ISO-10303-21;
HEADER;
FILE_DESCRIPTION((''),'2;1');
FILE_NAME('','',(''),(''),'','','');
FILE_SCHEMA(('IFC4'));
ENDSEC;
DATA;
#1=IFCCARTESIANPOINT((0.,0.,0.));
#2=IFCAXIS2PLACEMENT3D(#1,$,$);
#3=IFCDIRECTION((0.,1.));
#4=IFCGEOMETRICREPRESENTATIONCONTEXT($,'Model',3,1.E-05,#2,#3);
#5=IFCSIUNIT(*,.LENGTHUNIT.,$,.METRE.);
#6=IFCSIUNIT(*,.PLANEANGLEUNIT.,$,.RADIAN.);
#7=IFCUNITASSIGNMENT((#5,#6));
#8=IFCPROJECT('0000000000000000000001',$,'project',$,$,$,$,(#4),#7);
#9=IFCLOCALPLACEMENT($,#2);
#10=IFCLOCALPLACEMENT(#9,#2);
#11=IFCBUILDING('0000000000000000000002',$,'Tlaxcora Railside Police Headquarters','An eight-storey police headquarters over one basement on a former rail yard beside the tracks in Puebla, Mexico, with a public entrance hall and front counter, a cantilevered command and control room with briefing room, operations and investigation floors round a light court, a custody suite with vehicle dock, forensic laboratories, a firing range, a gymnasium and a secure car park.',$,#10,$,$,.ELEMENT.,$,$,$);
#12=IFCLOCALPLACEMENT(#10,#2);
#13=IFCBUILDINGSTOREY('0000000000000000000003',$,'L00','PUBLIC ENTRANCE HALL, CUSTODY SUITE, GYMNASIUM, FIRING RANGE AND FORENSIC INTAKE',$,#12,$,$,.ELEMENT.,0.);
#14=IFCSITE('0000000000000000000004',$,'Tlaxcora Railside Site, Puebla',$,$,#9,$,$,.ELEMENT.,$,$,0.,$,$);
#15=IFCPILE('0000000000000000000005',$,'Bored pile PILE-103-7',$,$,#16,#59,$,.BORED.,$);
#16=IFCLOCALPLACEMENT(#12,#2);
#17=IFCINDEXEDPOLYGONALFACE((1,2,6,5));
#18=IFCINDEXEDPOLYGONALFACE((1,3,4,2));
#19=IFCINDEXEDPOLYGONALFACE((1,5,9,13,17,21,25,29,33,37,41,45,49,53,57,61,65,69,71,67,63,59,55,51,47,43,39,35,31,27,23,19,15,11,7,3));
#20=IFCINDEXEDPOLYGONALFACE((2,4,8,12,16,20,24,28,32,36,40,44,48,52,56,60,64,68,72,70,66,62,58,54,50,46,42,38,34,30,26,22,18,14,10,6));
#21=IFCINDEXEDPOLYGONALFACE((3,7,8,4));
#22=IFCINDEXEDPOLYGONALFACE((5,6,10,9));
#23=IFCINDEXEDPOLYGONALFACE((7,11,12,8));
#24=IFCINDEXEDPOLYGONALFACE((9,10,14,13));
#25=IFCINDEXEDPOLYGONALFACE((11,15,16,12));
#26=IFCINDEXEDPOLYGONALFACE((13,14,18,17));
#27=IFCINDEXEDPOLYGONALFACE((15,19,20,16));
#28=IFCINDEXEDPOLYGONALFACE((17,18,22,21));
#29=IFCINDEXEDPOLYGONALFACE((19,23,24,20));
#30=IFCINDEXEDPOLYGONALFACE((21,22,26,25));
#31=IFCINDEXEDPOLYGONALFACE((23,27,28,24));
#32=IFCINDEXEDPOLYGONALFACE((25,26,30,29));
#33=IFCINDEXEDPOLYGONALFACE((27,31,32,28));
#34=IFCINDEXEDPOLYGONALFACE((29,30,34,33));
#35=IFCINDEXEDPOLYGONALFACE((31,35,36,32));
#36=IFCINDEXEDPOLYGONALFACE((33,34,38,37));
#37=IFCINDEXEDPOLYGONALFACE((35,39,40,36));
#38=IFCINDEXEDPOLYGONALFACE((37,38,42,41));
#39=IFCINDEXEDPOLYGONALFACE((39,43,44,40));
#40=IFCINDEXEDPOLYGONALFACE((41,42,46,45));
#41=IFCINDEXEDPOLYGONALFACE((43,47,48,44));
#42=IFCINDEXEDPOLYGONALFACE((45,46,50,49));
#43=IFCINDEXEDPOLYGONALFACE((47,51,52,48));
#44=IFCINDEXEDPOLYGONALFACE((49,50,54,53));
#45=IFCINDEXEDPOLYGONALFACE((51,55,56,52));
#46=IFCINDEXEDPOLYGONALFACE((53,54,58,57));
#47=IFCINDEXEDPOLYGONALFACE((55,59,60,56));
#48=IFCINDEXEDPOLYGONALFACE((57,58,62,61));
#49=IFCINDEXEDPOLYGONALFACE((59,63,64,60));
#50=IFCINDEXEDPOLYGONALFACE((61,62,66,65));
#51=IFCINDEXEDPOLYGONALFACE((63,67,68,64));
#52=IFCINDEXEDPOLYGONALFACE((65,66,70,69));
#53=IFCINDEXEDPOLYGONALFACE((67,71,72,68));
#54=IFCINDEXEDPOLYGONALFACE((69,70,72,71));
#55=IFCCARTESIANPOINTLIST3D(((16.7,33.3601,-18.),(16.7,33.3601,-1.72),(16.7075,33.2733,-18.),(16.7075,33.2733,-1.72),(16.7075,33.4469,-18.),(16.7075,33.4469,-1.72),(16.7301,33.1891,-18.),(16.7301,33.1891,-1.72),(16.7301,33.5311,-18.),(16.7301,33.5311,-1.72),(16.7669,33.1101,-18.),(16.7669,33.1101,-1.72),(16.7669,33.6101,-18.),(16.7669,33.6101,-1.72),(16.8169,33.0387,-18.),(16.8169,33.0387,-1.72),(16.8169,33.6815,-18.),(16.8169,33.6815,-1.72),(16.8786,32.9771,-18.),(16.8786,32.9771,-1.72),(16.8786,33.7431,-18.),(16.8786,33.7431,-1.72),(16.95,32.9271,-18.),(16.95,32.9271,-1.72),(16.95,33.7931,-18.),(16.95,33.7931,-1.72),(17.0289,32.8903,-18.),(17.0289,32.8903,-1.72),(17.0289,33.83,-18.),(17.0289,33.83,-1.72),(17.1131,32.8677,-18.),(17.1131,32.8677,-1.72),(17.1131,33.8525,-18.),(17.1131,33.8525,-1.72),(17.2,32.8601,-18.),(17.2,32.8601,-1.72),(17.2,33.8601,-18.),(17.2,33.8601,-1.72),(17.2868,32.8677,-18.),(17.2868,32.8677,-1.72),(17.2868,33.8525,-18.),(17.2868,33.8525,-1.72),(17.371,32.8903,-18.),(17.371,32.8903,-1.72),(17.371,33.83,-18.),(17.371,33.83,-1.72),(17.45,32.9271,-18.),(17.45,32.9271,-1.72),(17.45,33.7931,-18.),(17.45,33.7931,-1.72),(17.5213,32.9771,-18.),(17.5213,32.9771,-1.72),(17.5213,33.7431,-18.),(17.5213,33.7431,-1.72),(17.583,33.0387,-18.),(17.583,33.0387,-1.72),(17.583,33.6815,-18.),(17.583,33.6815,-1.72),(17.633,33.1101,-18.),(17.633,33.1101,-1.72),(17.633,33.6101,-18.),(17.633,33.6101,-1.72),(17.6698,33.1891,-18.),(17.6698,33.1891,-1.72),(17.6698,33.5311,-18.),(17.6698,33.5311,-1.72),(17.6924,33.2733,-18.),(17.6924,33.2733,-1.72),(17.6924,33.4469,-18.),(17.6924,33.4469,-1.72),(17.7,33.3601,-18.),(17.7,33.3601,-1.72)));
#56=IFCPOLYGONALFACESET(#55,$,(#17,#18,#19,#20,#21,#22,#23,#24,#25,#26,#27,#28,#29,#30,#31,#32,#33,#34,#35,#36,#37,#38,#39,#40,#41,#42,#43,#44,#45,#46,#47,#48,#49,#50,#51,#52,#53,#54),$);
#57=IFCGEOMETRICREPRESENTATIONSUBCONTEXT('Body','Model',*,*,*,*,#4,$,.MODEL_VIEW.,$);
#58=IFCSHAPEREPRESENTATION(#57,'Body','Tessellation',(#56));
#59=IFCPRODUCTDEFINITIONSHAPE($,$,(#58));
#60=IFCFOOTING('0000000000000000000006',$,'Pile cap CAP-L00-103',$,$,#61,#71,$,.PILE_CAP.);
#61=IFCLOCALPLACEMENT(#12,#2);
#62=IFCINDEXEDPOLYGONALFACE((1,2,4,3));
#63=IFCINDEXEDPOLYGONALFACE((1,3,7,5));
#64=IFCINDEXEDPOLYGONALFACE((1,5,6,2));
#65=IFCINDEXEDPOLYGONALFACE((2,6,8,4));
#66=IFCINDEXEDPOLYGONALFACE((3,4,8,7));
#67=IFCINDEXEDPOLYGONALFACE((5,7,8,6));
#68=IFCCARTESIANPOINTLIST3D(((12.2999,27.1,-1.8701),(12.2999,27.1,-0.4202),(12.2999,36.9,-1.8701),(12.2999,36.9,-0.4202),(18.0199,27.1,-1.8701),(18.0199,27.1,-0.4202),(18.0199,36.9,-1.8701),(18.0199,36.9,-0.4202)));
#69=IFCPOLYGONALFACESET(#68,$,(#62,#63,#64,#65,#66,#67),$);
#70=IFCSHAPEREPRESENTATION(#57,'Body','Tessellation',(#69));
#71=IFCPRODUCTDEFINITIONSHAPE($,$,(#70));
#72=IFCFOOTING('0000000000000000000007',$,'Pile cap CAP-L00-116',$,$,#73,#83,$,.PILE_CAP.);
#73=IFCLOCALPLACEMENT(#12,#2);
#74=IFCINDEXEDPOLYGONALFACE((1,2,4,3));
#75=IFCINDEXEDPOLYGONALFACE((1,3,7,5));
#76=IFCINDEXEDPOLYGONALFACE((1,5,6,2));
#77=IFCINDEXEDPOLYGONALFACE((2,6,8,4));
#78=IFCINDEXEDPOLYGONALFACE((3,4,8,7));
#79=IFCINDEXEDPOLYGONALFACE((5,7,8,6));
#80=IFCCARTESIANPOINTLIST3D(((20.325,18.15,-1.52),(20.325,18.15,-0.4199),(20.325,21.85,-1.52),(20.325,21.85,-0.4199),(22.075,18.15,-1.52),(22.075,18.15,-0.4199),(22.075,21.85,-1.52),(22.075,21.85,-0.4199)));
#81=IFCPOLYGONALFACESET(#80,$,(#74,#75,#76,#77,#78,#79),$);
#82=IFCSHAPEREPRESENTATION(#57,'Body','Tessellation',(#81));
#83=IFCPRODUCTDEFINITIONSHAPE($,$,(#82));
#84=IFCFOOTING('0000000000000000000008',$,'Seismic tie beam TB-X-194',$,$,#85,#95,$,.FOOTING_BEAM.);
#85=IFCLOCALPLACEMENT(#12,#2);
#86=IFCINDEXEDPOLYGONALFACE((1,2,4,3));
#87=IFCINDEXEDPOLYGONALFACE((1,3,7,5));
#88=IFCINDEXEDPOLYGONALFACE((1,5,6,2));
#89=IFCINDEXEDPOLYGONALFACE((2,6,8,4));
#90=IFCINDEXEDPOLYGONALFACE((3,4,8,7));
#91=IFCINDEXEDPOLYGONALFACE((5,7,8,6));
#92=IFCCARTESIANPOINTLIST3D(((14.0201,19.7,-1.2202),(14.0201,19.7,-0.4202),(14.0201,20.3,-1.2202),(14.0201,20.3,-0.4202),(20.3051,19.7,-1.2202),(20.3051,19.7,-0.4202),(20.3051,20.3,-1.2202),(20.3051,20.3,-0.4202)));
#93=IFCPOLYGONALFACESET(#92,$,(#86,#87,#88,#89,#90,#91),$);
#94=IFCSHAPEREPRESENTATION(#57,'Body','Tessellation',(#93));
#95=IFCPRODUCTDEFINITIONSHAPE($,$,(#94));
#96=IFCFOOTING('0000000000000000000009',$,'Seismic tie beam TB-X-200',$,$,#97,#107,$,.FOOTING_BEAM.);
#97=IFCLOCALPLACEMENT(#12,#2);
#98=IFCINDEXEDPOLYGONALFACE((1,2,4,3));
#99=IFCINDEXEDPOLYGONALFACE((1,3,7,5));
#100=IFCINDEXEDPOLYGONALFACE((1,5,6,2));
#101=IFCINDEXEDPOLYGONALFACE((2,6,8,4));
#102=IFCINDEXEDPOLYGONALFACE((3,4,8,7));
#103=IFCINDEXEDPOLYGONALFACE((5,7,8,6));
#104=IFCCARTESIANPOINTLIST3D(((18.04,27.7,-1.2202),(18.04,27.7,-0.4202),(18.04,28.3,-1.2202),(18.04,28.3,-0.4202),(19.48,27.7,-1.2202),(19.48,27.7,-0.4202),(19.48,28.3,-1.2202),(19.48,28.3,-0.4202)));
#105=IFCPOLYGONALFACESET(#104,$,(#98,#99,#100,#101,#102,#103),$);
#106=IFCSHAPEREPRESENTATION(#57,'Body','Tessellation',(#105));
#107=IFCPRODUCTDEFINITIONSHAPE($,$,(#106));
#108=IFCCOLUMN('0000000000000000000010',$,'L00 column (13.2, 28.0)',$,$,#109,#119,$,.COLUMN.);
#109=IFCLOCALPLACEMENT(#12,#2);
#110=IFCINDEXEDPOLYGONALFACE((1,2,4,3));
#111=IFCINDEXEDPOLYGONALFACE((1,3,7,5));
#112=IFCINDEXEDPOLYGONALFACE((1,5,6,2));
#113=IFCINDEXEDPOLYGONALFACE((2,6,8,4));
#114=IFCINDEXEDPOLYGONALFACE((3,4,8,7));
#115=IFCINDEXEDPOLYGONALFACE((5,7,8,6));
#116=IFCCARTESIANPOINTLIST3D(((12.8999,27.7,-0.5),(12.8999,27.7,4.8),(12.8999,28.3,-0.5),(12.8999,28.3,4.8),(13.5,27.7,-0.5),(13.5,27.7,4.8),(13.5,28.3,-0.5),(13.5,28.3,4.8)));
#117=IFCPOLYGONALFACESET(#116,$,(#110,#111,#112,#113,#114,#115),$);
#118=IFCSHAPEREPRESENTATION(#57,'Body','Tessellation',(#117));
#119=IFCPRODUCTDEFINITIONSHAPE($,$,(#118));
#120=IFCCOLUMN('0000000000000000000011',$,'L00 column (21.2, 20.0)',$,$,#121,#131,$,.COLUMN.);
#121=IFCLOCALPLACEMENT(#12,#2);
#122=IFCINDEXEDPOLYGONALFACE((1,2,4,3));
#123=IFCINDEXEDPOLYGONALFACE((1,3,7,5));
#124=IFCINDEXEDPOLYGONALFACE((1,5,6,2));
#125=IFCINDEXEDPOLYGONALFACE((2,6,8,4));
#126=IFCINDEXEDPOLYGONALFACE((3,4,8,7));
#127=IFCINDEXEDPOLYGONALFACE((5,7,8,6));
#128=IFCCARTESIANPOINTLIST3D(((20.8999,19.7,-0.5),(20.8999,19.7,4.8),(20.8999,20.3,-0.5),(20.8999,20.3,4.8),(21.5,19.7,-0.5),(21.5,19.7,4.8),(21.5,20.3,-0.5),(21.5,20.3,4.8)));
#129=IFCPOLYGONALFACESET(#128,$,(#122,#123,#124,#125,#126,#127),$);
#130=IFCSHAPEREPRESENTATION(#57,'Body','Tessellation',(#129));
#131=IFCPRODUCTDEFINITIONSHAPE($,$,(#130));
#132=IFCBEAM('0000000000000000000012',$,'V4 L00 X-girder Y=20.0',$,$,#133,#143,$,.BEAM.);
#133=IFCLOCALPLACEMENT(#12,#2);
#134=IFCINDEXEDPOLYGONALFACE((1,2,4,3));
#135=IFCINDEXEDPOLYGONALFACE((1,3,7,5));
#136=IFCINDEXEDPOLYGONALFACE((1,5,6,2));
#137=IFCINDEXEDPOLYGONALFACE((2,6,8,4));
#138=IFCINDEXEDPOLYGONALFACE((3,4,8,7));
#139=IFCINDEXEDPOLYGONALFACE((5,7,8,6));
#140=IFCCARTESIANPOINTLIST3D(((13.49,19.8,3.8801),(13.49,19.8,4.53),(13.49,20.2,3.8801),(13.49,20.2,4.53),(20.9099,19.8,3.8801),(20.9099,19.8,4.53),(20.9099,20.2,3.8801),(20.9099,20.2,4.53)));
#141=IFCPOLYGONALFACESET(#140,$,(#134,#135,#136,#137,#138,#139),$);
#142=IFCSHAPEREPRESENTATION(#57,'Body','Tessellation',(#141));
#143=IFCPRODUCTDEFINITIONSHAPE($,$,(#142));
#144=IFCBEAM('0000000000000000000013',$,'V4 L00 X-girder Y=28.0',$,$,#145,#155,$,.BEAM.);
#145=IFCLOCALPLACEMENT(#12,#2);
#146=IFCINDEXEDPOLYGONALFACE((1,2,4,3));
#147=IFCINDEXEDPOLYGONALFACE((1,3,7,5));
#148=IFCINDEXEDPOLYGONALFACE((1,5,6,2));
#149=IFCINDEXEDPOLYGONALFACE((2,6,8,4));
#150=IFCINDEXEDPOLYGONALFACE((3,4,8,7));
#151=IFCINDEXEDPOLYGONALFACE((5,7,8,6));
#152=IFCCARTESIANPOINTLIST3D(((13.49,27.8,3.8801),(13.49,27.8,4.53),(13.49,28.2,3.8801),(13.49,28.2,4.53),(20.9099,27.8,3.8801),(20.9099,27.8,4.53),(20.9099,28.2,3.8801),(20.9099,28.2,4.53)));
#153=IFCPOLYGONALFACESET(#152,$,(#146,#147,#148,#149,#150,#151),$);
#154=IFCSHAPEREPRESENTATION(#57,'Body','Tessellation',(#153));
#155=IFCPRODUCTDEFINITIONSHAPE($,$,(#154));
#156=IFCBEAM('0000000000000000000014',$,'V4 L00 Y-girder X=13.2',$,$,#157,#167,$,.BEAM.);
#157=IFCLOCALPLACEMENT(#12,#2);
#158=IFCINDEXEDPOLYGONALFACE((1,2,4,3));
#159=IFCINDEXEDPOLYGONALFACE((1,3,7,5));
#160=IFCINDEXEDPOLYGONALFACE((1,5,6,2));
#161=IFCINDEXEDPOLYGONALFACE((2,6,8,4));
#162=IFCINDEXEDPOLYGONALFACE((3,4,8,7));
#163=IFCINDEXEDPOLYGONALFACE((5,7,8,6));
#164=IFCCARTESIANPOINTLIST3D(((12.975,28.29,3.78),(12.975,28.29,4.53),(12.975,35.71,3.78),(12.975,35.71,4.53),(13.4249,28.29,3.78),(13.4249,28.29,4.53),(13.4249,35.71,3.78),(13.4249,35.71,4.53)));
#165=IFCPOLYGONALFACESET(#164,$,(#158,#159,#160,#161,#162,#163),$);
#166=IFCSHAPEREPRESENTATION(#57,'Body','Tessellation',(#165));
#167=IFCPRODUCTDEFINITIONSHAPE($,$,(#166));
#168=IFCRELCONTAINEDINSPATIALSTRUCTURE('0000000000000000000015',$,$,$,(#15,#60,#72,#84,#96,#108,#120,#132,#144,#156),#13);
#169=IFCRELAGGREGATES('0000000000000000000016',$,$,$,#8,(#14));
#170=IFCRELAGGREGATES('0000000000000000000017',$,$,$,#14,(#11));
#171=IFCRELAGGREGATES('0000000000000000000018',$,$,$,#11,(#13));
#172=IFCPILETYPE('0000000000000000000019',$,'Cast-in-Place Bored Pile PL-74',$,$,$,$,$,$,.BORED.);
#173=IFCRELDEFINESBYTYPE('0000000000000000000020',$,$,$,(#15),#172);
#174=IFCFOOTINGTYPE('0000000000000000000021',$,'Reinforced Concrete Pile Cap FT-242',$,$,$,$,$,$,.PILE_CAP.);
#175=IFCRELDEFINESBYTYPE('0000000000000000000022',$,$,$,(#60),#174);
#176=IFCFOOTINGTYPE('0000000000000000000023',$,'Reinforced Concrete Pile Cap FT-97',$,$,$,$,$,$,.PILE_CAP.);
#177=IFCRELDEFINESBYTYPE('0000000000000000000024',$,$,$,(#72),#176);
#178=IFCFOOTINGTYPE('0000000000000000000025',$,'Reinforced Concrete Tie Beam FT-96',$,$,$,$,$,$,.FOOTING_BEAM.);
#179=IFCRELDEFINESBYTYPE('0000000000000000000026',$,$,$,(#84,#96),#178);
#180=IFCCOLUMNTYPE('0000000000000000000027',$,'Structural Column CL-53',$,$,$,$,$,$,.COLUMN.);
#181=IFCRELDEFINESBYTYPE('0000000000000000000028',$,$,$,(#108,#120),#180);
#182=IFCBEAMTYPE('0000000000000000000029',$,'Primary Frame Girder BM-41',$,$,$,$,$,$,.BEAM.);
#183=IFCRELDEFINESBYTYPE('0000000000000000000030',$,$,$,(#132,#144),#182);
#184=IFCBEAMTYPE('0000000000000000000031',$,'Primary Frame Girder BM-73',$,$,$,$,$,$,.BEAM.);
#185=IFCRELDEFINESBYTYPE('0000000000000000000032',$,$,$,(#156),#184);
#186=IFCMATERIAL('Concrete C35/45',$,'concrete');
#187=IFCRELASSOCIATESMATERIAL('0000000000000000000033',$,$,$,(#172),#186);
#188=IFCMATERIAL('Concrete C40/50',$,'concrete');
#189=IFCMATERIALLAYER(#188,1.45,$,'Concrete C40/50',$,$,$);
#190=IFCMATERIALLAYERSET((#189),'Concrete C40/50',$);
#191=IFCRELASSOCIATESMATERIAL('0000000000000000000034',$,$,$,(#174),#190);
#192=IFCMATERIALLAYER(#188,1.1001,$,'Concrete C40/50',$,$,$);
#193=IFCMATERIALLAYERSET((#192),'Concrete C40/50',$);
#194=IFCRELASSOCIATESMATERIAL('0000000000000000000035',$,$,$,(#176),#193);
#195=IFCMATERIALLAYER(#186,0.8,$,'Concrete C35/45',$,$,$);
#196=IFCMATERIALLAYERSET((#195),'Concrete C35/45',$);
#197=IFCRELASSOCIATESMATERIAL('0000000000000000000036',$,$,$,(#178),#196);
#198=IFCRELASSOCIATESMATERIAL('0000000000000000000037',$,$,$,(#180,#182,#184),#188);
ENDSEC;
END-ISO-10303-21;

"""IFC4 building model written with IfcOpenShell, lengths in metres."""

from ifc_helpers import new_model, si_unit, direction, frame, origin, origin_2d, place, context, subcontext, project, spatial, rectangle, circle, extrude, material, layer, layer_set, material_profile, profile_set, type_object, element, save


model = new_model("IFC4")

# Units and contexts
model_context = context("Model", 3, precision=1e-05, world=origin(), true_north=direction((0.0, 1.0)))
body_context = subcontext(model_context, "Body", "Model", "MODEL_VIEW")
ifc_project = project(units=[si_unit("LENGTHUNIT", "METRE"), si_unit("PLANEANGLEUNIT", "RADIAN")], contexts=[model_context])

# Site, building, storey
site_placement = place(None, origin())
site = spatial("IfcSite", under=ifc_project, at=site_placement, Name="Tlaxcora Railside Site, Puebla", CompositionType="ELEMENT", RefElevation=0.0)
building_placement = place(site_placement, origin())
building = spatial("IfcBuilding", under=site, at=building_placement, Name="Tlaxcora Railside Police Headquarters", Description="An eight-storey police headquarters over one basement on a former rail yard beside the tracks in Puebla, Mexico, with a public entrance hall and front counter, a cantilevered command and control room with briefing room, operations and investigation floors round a light court, a custody suite with vehicle dock, forensic laboratories, a firing range, a gymnasium and a secure car park.", CompositionType="ELEMENT")
storey_placement = place(building_placement, origin())
storey = spatial("IfcBuildingStorey", under=building, at=storey_placement, Name="L00", Description="PUBLIC ENTRANCE HALL, CUSTODY SUITE, GYMNASIUM, FIRING RANGE AND FORENSIC INTAKE", CompositionType="ELEMENT", Elevation=0.0)

# Pile
ifc_material_1 = material(Name="Concrete C35/45", Category="concrete")
ifc_material_profile_1 = material_profile(ifc_material_1, circle(Radius=0.5, at=origin_2d()), Name="PILE1000")
ifc_profile_set_1 = profile_set([ifc_material_profile_1], Name="Concrete C35/45")
pile_type_1 = type_object("IfcPileType", Name="Cast-in-Place Bored Pile PL-74", PredefinedType="BORED", material=ifc_profile_set_1)
for number, where, z_axis, x_axis, name in (
    (1, (17.2, 33.3601, -1.72), (0.0, 0.0, -1.0), (1.0, 0.0, 0.0), "Bored pile PILE-103-7"),
):
    element("IfcPile", number, at=place(storey_placement, frame(where, z_axis=z_axis, x_axis=x_axis)), inside=storey, type_object=pile_type_1, Name=name, PredefinedType="BORED", context=body_context, shape_type="SweptSolid", body=[
        extrude(circle(Radius=0.5, at=origin_2d()), origin(), (0.0, 0.0, 1.0), 16.28),
    ])

# Footings
ifc_material_2 = material(Name="Concrete C40/50", Category="concrete")
ifc_layer_1 = layer(ifc_material_2, 1.45, Name="Concrete C40/50")
ifc_layer_set_1 = layer_set([ifc_layer_1], Name="Concrete C40/50")
footing_type_1 = type_object("IfcFootingType", Name="Reinforced Concrete Pile Cap FT-242", PredefinedType="PILE_CAP", material=ifc_layer_set_1)
footing_1_placement = place(storey_placement, frame((15.1599, 32.0, -1.8701), z_axis=(0.0, 0.0, 1.0), x_axis=(1.0, 0.0, 0.0)))
element("IfcFooting", 2, at=footing_1_placement, inside=storey, type_object=footing_type_1, Name="Pile cap CAP-L00-103", PredefinedType="PILE_CAP", context=body_context, shape_type="SweptSolid", body=[
    extrude(rectangle(XDim=5.72, YDim=9.8, at=origin_2d()), origin(), (0.0, 0.0, 1.0), 1.45),
])
ifc_layer_2 = layer(ifc_material_2, 1.1001, Name="Concrete C40/50")
ifc_layer_set_2 = layer_set([ifc_layer_2], Name="Concrete C40/50")
footing_type_2 = type_object("IfcFootingType", Name="Reinforced Concrete Pile Cap FT-97", PredefinedType="PILE_CAP", material=ifc_layer_set_2)
footing_2_placement = place(storey_placement, frame((21.2, 20.0, -1.52), z_axis=(0.0, 0.0, 1.0), x_axis=(1.0, 0.0, 0.0)))
element("IfcFooting", 3, at=footing_2_placement, inside=storey, type_object=footing_type_2, Name="Pile cap CAP-L00-116", PredefinedType="PILE_CAP", context=body_context, shape_type="SweptSolid", body=[
    extrude(rectangle(XDim=1.75, YDim=3.7, at=origin_2d()), origin(), (0.0, 0.0, 1.0), 1.1001),
])
ifc_layer_3 = layer(ifc_material_1, 0.8, Name="Concrete C35/45")
ifc_layer_set_3 = layer_set([ifc_layer_3], Name="Concrete C35/45")
footing_type_3 = type_object("IfcFootingType", Name="Reinforced Concrete Tie Beam FT-96", PredefinedType="FOOTING_BEAM", material=ifc_layer_set_3)
footing_3_placement = place(storey_placement, frame((17.1626, 20.0, -1.2202), z_axis=(0.0, 0.0, 1.0), x_axis=(1.0, 0.0, 0.0)))
element("IfcFooting", 4, at=footing_3_placement, inside=storey, type_object=footing_type_3, Name="Seismic tie beam TB-X-194", PredefinedType="FOOTING_BEAM", context=body_context, shape_type="SweptSolid", body=[
    extrude(rectangle(XDim=6.2849, YDim=0.6001, at=origin_2d()), origin(), (0.0, 0.0, 1.0), 0.8),
])
footing_4_placement = place(storey_placement, frame((18.76, 28.0, -1.2202), z_axis=(0.0, 0.0, 1.0), x_axis=(1.0, 0.0, 0.0)))
element("IfcFooting", 5, at=footing_4_placement, inside=storey, type_object=footing_type_3, Name="Seismic tie beam TB-X-200", PredefinedType="FOOTING_BEAM", context=body_context, shape_type="SweptSolid", body=[
    extrude(rectangle(XDim=1.4399, YDim=0.6001, at=origin_2d()), origin(), (0.0, 0.0, 1.0), 0.8),
])

# Columns
ifc_material_profile_2 = material_profile(ifc_material_2, rectangle(XDim=0.6001, YDim=0.6001, at=origin_2d()), Name="RC600X600")
ifc_profile_set_2 = profile_set([ifc_material_profile_2], Name="Concrete C40/50")
column_type = type_object("IfcColumnType", Name="Structural Column CL-53", PredefinedType="COLUMN", material=ifc_profile_set_2)
for number, where, z_axis, x_axis, name in (
    (6, (13.2, 28.0, -0.5), (0.0, 0.0, 1.0), (1.0, 0.0, 0.0), "L00 column (13.2, 28.0)"),
    (7, (21.2, 20.0, -0.5), (0.0, 0.0, 1.0), (1.0, 0.0, 0.0), "L00 column (21.2, 20.0)"),
):
    element("IfcColumn", number, at=place(storey_placement, frame(where, z_axis=z_axis, x_axis=x_axis)), inside=storey, type_object=column_type, Name=name, PredefinedType="COLUMN", context=body_context, shape_type="SweptSolid", body=[
        extrude(rectangle(XDim=0.6001, YDim=0.6001, at=origin_2d()), origin(), (0.0, 0.0, 1.0), 5.3),
    ])

# Beams
ifc_material_profile_3 = material_profile(ifc_material_2, rectangle(XDim=0.3999, YDim=0.6499, at=origin_2d()), Name="RC400X650")
ifc_profile_set_3 = profile_set([ifc_material_profile_3], Name="Concrete C40/50")
beam_type_1 = type_object("IfcBeamType", Name="Primary Frame Girder BM-41", PredefinedType="BEAM", material=ifc_profile_set_3)
for number, where, z_axis, x_axis, name in (
    (8, (13.49, 20.0, 4.2051), (1.0, 0.0, 0.0), (0.0, 1.0, 0.0), "V4 L00 X-girder Y=20.0"),
    (9, (13.49, 28.0, 4.2051), (1.0, 0.0, 0.0), (0.0, 1.0, 0.0), "V4 L00 X-girder Y=28.0"),
):
    element("IfcBeam", number, at=place(storey_placement, frame(where, z_axis=z_axis, x_axis=x_axis)), inside=storey, type_object=beam_type_1, Name=name, PredefinedType="BEAM", context=body_context, shape_type="SweptSolid", body=[
        extrude(rectangle(XDim=0.3999, YDim=0.6499, at=origin_2d()), origin(), (0.0, 0.0, 1.0), 7.4199),
    ])
ifc_material_profile_4 = material_profile(ifc_material_2, rectangle(XDim=0.45, YDim=0.75, at=origin_2d()), Name="RC450X750")
ifc_profile_set_4 = profile_set([ifc_material_profile_4], Name="Concrete C40/50")
beam_type_2 = type_object("IfcBeamType", Name="Primary Frame Girder BM-73", PredefinedType="BEAM", material=ifc_profile_set_4)
beam_1_placement = place(storey_placement, frame((13.2, 28.29, 4.155), z_axis=(0.0, 1.0, 0.0), x_axis=(-1.0, 0.0, 0.0)))
element("IfcBeam", 10, at=beam_1_placement, inside=storey, type_object=beam_type_2, Name="V4 L00 Y-girder X=13.2", PredefinedType="BEAM", context=body_context, shape_type="SweptSolid", body=[
    extrude(rectangle(XDim=0.45, YDim=0.75, at=origin_2d()), origin(), (0.0, 0.0, 1.0), 7.4199),
])

save(model, "model.ifc")
